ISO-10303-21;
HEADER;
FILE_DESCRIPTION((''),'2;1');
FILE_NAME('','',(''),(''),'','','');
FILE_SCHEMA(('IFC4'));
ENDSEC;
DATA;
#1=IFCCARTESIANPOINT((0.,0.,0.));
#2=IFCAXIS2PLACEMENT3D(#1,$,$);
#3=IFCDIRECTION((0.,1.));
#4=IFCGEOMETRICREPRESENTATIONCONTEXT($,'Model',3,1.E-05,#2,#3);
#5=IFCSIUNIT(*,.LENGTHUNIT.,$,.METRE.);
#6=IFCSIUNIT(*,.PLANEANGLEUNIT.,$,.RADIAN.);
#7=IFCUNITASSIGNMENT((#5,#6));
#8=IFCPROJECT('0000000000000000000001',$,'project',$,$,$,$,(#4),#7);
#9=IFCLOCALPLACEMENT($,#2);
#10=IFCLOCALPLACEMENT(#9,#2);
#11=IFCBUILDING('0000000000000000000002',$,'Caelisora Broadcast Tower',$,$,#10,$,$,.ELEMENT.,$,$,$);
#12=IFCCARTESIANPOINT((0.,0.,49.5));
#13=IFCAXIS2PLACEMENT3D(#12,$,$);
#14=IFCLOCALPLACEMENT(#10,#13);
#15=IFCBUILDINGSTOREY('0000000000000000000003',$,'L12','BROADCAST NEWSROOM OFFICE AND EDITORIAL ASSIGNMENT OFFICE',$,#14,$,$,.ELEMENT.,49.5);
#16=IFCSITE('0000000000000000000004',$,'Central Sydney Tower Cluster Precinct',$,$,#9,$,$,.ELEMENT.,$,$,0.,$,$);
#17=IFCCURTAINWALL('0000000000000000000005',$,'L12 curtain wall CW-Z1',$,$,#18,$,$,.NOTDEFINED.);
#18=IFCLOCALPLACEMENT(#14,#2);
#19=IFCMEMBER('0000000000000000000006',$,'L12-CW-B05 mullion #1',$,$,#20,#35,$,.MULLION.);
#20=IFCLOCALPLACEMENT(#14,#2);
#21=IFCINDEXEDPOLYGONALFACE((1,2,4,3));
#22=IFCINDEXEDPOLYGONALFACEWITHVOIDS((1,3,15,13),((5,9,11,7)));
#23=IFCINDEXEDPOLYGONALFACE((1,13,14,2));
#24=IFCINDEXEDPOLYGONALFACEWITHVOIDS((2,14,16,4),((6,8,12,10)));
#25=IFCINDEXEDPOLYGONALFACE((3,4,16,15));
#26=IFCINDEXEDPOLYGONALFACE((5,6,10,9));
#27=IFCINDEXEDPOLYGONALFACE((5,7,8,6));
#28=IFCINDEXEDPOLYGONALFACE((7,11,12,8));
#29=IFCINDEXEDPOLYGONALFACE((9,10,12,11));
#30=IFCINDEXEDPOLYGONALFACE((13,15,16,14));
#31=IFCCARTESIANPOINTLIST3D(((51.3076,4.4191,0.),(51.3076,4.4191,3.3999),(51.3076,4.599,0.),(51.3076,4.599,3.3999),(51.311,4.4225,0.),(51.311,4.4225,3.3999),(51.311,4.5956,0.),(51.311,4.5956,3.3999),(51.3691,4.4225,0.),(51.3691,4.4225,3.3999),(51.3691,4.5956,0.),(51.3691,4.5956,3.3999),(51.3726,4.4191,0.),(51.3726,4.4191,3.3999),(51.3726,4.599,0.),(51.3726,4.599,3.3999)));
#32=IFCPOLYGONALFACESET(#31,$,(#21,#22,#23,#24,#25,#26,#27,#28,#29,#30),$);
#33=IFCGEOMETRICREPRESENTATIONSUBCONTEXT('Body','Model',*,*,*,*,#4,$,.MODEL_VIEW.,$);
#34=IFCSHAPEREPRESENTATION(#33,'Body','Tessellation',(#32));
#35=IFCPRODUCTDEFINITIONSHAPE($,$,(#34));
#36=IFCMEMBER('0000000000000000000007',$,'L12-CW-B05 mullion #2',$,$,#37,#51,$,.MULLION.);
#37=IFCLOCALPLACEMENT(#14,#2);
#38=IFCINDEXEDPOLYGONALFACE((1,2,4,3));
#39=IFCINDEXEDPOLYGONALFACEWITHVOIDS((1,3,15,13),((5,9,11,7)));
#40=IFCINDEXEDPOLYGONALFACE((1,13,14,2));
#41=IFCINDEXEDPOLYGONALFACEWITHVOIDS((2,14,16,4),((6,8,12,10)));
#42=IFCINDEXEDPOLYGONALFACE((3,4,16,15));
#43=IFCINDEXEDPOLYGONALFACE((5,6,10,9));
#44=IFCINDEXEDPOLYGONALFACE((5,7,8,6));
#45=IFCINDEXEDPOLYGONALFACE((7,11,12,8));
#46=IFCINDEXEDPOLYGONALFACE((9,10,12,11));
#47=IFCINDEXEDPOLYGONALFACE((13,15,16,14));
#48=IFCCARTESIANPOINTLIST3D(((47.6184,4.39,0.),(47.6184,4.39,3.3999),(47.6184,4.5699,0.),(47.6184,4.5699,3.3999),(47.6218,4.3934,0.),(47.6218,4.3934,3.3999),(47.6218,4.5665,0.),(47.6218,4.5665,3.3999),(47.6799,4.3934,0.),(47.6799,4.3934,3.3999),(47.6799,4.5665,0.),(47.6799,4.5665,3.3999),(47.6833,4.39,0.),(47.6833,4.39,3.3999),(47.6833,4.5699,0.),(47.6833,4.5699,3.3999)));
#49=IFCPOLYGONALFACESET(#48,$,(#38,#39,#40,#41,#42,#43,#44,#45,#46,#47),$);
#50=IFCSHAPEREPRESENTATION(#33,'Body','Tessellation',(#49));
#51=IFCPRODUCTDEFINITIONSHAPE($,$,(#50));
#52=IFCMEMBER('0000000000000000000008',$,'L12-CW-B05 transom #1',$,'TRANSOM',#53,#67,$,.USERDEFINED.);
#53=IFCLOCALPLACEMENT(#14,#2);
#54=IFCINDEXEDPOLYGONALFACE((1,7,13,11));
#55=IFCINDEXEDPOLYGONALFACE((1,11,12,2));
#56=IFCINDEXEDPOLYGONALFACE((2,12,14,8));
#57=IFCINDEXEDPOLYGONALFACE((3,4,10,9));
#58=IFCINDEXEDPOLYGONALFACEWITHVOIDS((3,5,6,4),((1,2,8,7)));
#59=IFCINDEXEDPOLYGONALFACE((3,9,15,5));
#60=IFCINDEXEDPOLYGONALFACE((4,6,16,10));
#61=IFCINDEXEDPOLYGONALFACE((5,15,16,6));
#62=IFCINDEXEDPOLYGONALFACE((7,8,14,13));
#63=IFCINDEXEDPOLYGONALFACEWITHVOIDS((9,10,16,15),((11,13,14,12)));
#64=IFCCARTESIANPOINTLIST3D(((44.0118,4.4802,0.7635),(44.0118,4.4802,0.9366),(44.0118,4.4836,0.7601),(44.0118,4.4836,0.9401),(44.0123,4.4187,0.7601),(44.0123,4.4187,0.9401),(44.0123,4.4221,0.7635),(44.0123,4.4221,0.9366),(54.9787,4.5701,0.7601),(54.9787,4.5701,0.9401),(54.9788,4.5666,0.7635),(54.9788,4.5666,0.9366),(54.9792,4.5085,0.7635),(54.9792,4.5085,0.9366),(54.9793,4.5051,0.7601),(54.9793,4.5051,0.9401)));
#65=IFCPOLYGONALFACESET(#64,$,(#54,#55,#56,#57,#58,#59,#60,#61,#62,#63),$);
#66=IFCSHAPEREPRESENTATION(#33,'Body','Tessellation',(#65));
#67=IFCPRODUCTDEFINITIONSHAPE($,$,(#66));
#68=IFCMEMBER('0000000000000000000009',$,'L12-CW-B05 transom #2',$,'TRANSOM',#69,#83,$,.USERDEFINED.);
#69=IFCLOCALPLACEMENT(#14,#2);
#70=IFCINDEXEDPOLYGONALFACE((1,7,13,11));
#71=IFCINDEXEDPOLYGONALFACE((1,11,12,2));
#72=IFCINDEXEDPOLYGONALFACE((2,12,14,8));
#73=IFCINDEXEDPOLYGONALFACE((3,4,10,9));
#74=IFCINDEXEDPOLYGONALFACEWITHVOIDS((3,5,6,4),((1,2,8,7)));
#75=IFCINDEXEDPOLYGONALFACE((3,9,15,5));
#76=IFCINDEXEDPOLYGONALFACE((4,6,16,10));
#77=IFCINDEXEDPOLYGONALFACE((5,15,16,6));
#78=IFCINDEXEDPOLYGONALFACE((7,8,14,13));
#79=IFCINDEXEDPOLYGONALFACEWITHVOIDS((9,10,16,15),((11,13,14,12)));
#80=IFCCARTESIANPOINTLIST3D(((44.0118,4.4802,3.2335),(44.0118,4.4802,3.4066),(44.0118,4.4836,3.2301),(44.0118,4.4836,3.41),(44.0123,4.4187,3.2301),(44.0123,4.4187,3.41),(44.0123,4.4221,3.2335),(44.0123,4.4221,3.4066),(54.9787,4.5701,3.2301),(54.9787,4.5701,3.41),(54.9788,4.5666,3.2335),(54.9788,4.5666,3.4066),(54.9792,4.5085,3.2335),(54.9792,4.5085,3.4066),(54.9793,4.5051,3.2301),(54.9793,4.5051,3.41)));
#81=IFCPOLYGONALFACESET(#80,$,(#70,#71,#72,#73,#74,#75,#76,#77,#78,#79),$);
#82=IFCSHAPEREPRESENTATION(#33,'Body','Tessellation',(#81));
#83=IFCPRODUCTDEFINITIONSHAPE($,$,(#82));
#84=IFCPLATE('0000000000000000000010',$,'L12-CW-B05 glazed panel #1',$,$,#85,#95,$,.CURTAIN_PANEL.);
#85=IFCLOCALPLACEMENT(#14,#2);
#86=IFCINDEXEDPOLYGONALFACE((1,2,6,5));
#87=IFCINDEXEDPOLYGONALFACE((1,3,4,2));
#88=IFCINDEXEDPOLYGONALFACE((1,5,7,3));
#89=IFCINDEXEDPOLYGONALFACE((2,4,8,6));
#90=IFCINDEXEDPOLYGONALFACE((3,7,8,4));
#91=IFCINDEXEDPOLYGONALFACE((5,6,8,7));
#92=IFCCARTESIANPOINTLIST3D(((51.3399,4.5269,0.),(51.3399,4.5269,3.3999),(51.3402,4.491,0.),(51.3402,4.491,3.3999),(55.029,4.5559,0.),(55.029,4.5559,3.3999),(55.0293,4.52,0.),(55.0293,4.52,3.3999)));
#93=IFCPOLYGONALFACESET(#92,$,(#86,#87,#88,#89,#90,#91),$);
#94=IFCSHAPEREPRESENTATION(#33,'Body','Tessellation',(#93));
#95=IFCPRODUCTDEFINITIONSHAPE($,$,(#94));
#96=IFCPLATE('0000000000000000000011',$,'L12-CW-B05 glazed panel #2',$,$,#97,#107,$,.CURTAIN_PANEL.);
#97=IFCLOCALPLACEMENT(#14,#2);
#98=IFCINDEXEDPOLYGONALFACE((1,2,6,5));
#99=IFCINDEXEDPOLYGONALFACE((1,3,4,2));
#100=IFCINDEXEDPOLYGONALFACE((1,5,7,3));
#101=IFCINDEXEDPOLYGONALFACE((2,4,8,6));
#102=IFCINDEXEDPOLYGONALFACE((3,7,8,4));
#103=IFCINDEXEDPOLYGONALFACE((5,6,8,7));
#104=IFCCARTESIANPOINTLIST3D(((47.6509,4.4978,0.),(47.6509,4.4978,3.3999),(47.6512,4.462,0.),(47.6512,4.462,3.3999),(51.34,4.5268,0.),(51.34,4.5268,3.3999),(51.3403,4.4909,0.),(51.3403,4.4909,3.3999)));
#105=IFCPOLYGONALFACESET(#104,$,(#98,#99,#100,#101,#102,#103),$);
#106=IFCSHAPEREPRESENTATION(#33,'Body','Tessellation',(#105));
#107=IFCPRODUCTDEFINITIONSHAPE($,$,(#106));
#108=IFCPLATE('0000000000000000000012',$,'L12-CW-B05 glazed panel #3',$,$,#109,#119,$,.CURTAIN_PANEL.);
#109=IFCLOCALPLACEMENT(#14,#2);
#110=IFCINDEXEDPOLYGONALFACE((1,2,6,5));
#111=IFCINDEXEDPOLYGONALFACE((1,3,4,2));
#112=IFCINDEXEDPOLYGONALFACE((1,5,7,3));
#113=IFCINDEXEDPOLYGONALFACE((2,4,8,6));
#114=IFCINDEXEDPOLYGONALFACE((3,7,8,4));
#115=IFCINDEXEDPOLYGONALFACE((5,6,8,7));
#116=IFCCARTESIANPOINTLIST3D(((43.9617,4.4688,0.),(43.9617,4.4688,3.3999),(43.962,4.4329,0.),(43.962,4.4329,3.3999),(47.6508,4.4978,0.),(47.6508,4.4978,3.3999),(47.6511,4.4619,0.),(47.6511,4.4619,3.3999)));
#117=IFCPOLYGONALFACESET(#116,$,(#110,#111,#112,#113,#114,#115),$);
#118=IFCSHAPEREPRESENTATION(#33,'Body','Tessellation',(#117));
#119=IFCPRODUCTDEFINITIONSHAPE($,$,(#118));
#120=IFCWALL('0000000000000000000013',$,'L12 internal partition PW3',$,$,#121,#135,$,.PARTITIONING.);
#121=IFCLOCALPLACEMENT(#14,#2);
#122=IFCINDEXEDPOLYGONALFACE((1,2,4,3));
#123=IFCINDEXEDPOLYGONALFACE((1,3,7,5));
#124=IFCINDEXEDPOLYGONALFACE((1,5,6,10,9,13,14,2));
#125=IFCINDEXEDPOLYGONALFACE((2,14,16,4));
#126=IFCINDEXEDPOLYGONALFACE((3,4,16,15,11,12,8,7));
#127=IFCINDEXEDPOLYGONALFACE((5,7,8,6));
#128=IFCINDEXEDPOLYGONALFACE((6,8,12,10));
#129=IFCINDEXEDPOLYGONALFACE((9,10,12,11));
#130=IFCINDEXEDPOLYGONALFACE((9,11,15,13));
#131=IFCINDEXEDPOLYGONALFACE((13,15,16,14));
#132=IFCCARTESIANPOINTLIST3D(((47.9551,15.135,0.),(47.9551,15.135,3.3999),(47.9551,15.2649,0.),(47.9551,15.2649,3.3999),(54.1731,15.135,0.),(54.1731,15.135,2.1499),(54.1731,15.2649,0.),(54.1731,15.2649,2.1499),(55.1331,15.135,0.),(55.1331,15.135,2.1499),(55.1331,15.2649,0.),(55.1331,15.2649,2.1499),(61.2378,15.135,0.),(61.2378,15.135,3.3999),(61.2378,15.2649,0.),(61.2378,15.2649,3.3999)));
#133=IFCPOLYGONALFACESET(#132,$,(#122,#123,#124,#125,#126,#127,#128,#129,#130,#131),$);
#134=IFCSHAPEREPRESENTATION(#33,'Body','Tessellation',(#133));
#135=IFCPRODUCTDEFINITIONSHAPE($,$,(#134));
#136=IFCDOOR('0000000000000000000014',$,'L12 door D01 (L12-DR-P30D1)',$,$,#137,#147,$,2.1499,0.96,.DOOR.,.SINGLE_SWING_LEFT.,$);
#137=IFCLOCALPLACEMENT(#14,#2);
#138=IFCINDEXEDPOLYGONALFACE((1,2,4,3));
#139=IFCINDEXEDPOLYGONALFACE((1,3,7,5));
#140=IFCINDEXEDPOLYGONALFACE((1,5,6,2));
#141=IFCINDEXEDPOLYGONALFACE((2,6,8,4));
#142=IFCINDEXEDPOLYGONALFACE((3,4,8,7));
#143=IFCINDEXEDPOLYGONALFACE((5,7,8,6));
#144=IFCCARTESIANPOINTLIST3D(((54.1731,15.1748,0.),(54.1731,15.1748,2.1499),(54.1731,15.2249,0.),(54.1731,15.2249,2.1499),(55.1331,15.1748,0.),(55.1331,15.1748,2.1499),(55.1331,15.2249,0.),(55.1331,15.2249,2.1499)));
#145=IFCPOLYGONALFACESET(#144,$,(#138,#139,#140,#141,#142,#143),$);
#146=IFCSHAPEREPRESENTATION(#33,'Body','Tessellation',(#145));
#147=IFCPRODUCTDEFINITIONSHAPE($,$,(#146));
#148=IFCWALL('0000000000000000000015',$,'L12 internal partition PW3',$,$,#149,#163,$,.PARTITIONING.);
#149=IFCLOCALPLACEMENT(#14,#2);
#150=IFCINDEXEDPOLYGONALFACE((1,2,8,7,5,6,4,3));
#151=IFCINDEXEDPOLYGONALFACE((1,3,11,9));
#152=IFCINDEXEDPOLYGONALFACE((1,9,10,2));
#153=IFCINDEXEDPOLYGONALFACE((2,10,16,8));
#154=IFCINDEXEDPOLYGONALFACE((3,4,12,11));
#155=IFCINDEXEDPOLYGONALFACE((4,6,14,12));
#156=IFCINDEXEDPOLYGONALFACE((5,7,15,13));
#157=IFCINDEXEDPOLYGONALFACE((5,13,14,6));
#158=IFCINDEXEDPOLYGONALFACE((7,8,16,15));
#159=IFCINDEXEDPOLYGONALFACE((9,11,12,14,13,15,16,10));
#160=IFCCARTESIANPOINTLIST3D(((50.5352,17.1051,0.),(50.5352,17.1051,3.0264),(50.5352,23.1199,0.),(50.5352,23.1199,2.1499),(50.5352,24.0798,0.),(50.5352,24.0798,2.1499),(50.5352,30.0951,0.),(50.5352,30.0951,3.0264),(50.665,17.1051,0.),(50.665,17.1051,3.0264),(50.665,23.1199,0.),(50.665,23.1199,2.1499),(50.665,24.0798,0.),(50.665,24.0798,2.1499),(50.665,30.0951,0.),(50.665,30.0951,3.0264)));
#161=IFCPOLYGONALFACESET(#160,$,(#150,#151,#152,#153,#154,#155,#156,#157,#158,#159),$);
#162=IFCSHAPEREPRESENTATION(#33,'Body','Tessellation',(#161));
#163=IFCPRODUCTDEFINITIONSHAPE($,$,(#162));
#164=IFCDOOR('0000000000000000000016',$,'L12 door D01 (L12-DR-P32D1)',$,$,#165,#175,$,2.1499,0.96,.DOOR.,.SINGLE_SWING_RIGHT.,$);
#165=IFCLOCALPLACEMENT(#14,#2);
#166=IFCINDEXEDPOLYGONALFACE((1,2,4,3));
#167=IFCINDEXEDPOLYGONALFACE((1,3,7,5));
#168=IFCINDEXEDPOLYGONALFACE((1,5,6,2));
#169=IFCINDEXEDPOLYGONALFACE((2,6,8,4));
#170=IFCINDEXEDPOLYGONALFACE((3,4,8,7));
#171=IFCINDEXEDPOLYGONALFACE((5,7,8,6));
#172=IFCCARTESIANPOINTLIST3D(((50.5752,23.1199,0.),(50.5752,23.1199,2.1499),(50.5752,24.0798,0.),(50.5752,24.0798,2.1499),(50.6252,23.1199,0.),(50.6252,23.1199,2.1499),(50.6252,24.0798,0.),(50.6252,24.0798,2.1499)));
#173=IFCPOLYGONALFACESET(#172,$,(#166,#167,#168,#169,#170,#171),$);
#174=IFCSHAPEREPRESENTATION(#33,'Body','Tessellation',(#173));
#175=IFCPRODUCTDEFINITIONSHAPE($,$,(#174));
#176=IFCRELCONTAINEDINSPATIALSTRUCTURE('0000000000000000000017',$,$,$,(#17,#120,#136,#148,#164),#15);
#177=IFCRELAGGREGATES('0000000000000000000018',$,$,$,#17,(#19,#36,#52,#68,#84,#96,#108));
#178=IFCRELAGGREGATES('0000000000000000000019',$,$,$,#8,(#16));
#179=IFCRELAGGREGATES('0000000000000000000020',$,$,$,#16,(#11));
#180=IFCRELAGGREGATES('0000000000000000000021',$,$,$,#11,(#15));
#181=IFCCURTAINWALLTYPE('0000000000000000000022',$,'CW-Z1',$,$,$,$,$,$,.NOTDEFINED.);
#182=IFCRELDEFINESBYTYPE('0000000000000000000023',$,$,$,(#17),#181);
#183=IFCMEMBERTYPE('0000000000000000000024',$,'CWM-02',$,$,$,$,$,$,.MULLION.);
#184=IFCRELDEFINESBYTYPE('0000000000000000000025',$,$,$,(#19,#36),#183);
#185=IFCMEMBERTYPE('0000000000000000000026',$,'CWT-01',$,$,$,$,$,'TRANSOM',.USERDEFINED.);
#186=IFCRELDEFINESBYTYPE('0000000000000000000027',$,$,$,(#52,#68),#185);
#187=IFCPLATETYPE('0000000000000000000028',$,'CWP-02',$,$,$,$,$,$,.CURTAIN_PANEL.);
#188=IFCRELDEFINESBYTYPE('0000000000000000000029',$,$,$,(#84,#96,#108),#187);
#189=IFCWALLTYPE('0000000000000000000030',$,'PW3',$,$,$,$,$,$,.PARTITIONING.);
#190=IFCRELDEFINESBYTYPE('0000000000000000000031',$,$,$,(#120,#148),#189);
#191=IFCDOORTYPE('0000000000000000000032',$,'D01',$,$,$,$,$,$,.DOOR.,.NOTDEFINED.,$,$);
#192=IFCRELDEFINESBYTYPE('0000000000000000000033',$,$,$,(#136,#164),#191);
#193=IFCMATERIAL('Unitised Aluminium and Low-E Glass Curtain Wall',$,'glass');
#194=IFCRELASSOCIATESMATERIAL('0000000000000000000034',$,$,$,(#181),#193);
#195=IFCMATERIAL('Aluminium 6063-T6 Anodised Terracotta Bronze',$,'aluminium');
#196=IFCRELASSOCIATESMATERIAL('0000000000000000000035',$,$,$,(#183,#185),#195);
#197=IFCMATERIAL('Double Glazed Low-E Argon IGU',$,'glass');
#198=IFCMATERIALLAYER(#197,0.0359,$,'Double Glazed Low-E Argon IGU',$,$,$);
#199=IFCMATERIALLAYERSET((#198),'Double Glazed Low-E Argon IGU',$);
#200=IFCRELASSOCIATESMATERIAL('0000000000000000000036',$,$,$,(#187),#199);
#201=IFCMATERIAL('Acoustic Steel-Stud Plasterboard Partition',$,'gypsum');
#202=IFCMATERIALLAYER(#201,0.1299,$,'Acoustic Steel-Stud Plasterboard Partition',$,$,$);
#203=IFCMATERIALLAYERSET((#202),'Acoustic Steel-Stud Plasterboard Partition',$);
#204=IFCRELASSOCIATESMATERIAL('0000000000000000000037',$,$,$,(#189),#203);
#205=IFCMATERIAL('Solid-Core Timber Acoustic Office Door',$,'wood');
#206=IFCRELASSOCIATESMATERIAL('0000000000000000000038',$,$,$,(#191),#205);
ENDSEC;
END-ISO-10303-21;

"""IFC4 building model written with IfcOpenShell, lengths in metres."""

from ifc_helpers import new_model, si_unit, direction, frame, frame_2d, origin, origin_2d, place, context, subcontext, project, spatial, rectangle, hollow_rectangle, extrude, source, transform, mapped, material, layer, layer_set, material_profile, profile_set, type_object, type_shapes, element, fill, aggregate, save


model = new_model("IFC4")

# Units and contexts
model_context = context("Model", 3, precision=1e-05, world=origin(), true_north=direction((0.0, 1.0)))
body_context = subcontext(model_context, "Body", "Model", "MODEL_VIEW")
ifc_project = project(units=[si_unit("LENGTHUNIT", "METRE"), si_unit("PLANEANGLEUNIT", "RADIAN")], contexts=[model_context])

# Site, building, storey
site_placement = place(None, origin())
site = spatial("IfcSite", under=ifc_project, at=site_placement, Name="Central Sydney Tower Cluster Precinct", CompositionType="ELEMENT", RefElevation=0.0)
building_placement = place(site_placement, origin())
building = spatial("IfcBuilding", under=site, at=building_placement, Name="Caelisora Broadcast Tower", CompositionType="ELEMENT")
storey_placement = place(building_placement, frame((0.0, 0.0, 49.5)))
storey = spatial("IfcBuildingStorey", under=building, at=storey_placement, Name="L12", Description="BROADCAST NEWSROOM OFFICE AND EDITORIAL ASSIGNMENT OFFICE", CompositionType="ELEMENT", Elevation=49.5)

# Curtain wall, members, plates
ifc_material_1 = material(Name="Unitised Aluminium and Low-E Glass Curtain Wall", Category="glass")
curtain_wall_type = type_object("IfcCurtainWallType", Name="CW-Z1", PredefinedType="NOTDEFINED", material=ifc_material_1)
curtain_wall_placement = place(storey_placement, origin())
curtain_wall = element("IfcCurtainWall", 1, at=curtain_wall_placement, inside=storey, type_object=curtain_wall_type, Name="L12 curtain wall CW-Z1", PredefinedType="NOTDEFINED")
ifc_material_2 = material(Name="Aluminium 6063-T6 Anodised Terracotta Bronze", Category="aluminium")
ifc_material_profile_1 = material_profile(ifc_material_2, hollow_rectangle(XDim=0.0649, YDim=0.1799, WallThickness=0.0034, at=origin_2d()), Name="Aluminium 6063-T6 Anodised Terracotta Bronze")
ifc_profile_set_1 = profile_set([ifc_material_profile_1], Name="Aluminium 6063-T6 Anodised Terracotta Bronze")
member_type_1 = type_object("IfcMemberType", Name="CWM-02", PredefinedType="MULLION", material=ifc_profile_set_1)
shared_shape_1 = source(origin(), body_context, "Body", "SweptSolid", [
    extrude(hollow_rectangle(XDim=0.0649, YDim=0.1799, WallThickness=0.0034, at=origin_2d()), origin(), (0.0, 0.0, 1.0), 3.3999),
])
type_shapes(member_type_1, [shared_shape_1])
member_1_placement = place(storey_placement, frame((51.3401, 4.509, 0.0), z_axis=(0.0, 0.0, 1.0), x_axis=(1.0, 0.0, 0.0)))
member_1 = element("IfcMember", 2, at=member_1_placement, type_object=member_type_1, Name="L12-CW-B05 mullion #1", PredefinedType="MULLION", context=body_context, shape_type="MappedRepresentation", body=[
    mapped(shared_shape_1, transform((0.0, 0.0, 0.0), scale=1.0)),
])
member_2_placement = place(storey_placement, frame((47.6509, 4.48, 0.0), z_axis=(0.0, 0.0, 1.0), x_axis=(1.0, 0.0, 0.0)))
member_2 = element("IfcMember", 3, at=member_2_placement, type_object=member_type_1, Name="L12-CW-B05 mullion #2", PredefinedType="MULLION", context=body_context, shape_type="MappedRepresentation", body=[
    mapped(shared_shape_1, transform((0.0, 0.0, 0.0), scale=1.0)),
])
ifc_material_profile_2 = material_profile(ifc_material_2, hollow_rectangle(XDim=0.0649, YDim=0.1799, WallThickness=0.0034, at=origin_2d()), Name="Aluminium 6063-T6 Anodised Terracotta Bronze")
ifc_profile_set_2 = profile_set([ifc_material_profile_2], Name="Aluminium 6063-T6 Anodised Terracotta Bronze")
member_type_2 = type_object("IfcMemberType", Name="CWT-01", ElementType="TRANSOM", PredefinedType="USERDEFINED", material=ifc_profile_set_2)
shared_shape_2 = source(origin(), body_context, "Body", "SweptSolid", [
    extrude(hollow_rectangle(XDim=0.0649, YDim=0.1799, WallThickness=0.0034, at=origin_2d()), origin(), (0.0, 0.0, 1.0), 10.9673),
])
type_shapes(member_type_2, [shared_shape_2])
member_3_placement = place(storey_placement, frame((54.979, 4.5376, 0.8501), z_axis=(-0.999969, -0.00788, 0.0), x_axis=(0.00788, -0.999969, 0.0)))
member_3 = element("IfcMember", 4, at=member_3_placement, type_object=member_type_2, Name="L12-CW-B05 transom #1", ObjectType="TRANSOM", PredefinedType="USERDEFINED", context=body_context, shape_type="MappedRepresentation", body=[
    mapped(shared_shape_2, transform((0.0, 0.0, 0.0), scale=1.0)),
])
member_4_placement = place(storey_placement, frame((54.979, 4.5376, 3.3201), z_axis=(-0.999969, -0.00788, 0.0), x_axis=(0.00788, -0.999969, 0.0)))
member_4 = element("IfcMember", 5, at=member_4_placement, type_object=member_type_2, Name="L12-CW-B05 transom #2", ObjectType="TRANSOM", PredefinedType="USERDEFINED", context=body_context, shape_type="MappedRepresentation", body=[
    mapped(shared_shape_2, transform((0.0, 0.0, 0.0), scale=1.0)),
])
ifc_material_3 = material(Name="Double Glazed Low-E Argon IGU", Category="glass")
ifc_layer_1 = layer(ifc_material_3, 0.0359, Name="Double Glazed Low-E Argon IGU")
ifc_layer_set_1 = layer_set([ifc_layer_1], Name="Double Glazed Low-E Argon IGU")
plate_type = type_object("IfcPlateType", Name="CWP-02", PredefinedType="CURTAIN_PANEL", material=ifc_layer_set_1)
shared_shape_3 = source(origin(), body_context, "Body", "SweptSolid", [
    extrude(rectangle(XDim=3.6892, YDim=0.0359, at=origin_2d()), origin(), (0.0, 0.0, 1.0), 3.3999),
])
type_shapes(plate_type, [shared_shape_3])
plate_1_placement = place(storey_placement, frame((53.1846, 4.5234, 0.0), z_axis=(0.0, 0.0, 1.0), x_axis=(-0.999969, -0.007854, 0.0)))
plate_1 = element("IfcPlate", 6, at=plate_1_placement, type_object=plate_type, Name="L12-CW-B05 glazed panel #1", PredefinedType="CURTAIN_PANEL", context=body_context, shape_type="MappedRepresentation", body=[
    mapped(shared_shape_3, transform((0.0, 0.0, 0.0), scale=1.0)),
])
plate_2_placement = place(storey_placement, frame((49.4956, 4.4944, 0.0), z_axis=(0.0, 0.0, 1.0), x_axis=(-0.999969, -0.007854, 0.0)))
plate_2 = element("IfcPlate", 7, at=plate_2_placement, type_object=plate_type, Name="L12-CW-B05 glazed panel #2", PredefinedType="CURTAIN_PANEL", context=body_context, shape_type="MappedRepresentation", body=[
    mapped(shared_shape_3, transform((0.0, 0.0, 0.0), scale=1.0)),
])
plate_3_placement = place(storey_placement, frame((45.8064, 4.4653, 0.0), z_axis=(0.0, 0.0, 1.0), x_axis=(-0.999969, -0.007854, 0.0)))
plate_3 = element("IfcPlate", 8, at=plate_3_placement, type_object=plate_type, Name="L12-CW-B05 glazed panel #3", PredefinedType="CURTAIN_PANEL", context=body_context, shape_type="MappedRepresentation", body=[
    mapped(shared_shape_3, transform((0.0, 0.0, 0.0), scale=1.0)),
])
aggregate(curtain_wall, [member_1, member_2, member_3, member_4, plate_1, plate_2, plate_3])

# Walls, openings, doors
ifc_material_4 = material(Name="Acoustic Steel-Stud Plasterboard Partition", Category="gypsum")
ifc_layer_2 = layer(ifc_material_4, 0.1299, Name="Acoustic Steel-Stud Plasterboard Partition")
ifc_layer_set_2 = layer_set([ifc_layer_2], Name="Acoustic Steel-Stud Plasterboard Partition")
wall_type = type_object("IfcWallType", Name="PW3", PredefinedType="PARTITIONING", material=ifc_layer_set_2)
wall_1_placement = place(storey_placement, frame((47.9551, 15.2, 0.0), z_axis=(0.0, 0.0, 1.0), x_axis=(1.0, 0.0, 0.0)))
wall_1 = element("IfcWall", 9, at=wall_1_placement, inside=storey, type_object=wall_type, Name="L12 internal partition PW3", PredefinedType="PARTITIONING", context=body_context, shape_type="SweptSolid", body=[
    extrude(rectangle(XDim=13.2827, YDim=0.1299, at=frame_2d((6.6414, 0.0))), origin(), (0.0, 0.0, 1.0), 3.3999),
])
opening_1_placement = place(wall_1_placement, frame((6.218, 0.0, 0.0)))
opening_1 = element("IfcOpeningElement", 10, at=opening_1_placement, cuts=wall_1, PredefinedType="OPENING", context=body_context, shape_type="SweptSolid", body=[
    extrude(rectangle(XDim=0.96, YDim=2.1499, at=frame_2d((0.48, 1.075))), frame((0.0, 0.0769, 0.0), z_axis=(0.0, -1.0, 0.0), x_axis=(1.0, 0.0, 0.0)), (0.0, 0.0, 1.0), 0.1538),
])
ifc_material_5 = material(Name="Solid-Core Timber Acoustic Office Door", Category="wood")
door_type = type_object("IfcDoorType", Name="D01", OperationType="NOTDEFINED", PredefinedType="DOOR", material=ifc_material_5)
door_1_placement = place(opening_1_placement, origin())
door_1 = element("IfcDoor", 11, at=door_1_placement, inside=storey, type_object=door_type, Name="L12 door D01 (L12-DR-P30D1)", OperationType="SINGLE_SWING_LEFT", OverallHeight=2.1499, OverallWidth=0.96, PredefinedType="DOOR", context=body_context, shape_type="SweptSolid", body=[
    extrude(rectangle(XDim=0.96, YDim=2.1499, at=frame_2d((0.48, 1.075))), frame((0.0, 0.0249, 0.0), z_axis=(0.0, -1.0, 0.0), x_axis=(1.0, 0.0, 0.0)), (0.0, 0.0, 1.0), 0.05),
])
fill(opening_1, door_1)
wall_2_placement = place(storey_placement, frame((50.6001, 17.105, 0.0), z_axis=(0.0, 0.0, 1.0), x_axis=(0.0, 1.0, 0.0)))
wall_2 = element("IfcWall", 12, at=wall_2_placement, inside=storey, type_object=wall_type, Name="L12 internal partition PW3", PredefinedType="PARTITIONING", context=body_context, shape_type="SweptSolid", body=[
    extrude(rectangle(XDim=12.99, YDim=0.1299, at=frame_2d((6.4951, 0.0))), origin(), (0.0, 0.0, 1.0), 3.0264),
])
opening_2_placement = place(wall_2_placement, frame((6.0149, 0.0, 0.0)))
opening_2 = element("IfcOpeningElement", 13, at=opening_2_placement, cuts=wall_2, PredefinedType="OPENING", context=body_context, shape_type="SweptSolid", body=[
    extrude(rectangle(XDim=0.96, YDim=2.1499, at=frame_2d((0.48, 1.075))), frame((0.0, 0.0769, 0.0), z_axis=(0.0, -1.0, 0.0), x_axis=(1.0, 0.0, 0.0)), (0.0, 0.0, 1.0), 0.1538),
])
door_2_placement = place(opening_2_placement, origin())
door_2 = element("IfcDoor", 14, at=door_2_placement, inside=storey, type_object=door_type, Name="L12 door D01 (L12-DR-P32D1)", OperationType="SINGLE_SWING_RIGHT", OverallHeight=2.1499, OverallWidth=0.96, PredefinedType="DOOR", context=body_context, shape_type="SweptSolid", body=[
    extrude(rectangle(XDim=0.96, YDim=2.1499, at=frame_2d((0.48, 1.075))), frame((0.0, 0.0249, 0.0), z_axis=(0.0, -1.0, 0.0), x_axis=(1.0, 0.0, 0.0)), (0.0, 0.0, 1.0), 0.05),
])
fill(opening_2, door_2)

save(model, "model.ifc")
